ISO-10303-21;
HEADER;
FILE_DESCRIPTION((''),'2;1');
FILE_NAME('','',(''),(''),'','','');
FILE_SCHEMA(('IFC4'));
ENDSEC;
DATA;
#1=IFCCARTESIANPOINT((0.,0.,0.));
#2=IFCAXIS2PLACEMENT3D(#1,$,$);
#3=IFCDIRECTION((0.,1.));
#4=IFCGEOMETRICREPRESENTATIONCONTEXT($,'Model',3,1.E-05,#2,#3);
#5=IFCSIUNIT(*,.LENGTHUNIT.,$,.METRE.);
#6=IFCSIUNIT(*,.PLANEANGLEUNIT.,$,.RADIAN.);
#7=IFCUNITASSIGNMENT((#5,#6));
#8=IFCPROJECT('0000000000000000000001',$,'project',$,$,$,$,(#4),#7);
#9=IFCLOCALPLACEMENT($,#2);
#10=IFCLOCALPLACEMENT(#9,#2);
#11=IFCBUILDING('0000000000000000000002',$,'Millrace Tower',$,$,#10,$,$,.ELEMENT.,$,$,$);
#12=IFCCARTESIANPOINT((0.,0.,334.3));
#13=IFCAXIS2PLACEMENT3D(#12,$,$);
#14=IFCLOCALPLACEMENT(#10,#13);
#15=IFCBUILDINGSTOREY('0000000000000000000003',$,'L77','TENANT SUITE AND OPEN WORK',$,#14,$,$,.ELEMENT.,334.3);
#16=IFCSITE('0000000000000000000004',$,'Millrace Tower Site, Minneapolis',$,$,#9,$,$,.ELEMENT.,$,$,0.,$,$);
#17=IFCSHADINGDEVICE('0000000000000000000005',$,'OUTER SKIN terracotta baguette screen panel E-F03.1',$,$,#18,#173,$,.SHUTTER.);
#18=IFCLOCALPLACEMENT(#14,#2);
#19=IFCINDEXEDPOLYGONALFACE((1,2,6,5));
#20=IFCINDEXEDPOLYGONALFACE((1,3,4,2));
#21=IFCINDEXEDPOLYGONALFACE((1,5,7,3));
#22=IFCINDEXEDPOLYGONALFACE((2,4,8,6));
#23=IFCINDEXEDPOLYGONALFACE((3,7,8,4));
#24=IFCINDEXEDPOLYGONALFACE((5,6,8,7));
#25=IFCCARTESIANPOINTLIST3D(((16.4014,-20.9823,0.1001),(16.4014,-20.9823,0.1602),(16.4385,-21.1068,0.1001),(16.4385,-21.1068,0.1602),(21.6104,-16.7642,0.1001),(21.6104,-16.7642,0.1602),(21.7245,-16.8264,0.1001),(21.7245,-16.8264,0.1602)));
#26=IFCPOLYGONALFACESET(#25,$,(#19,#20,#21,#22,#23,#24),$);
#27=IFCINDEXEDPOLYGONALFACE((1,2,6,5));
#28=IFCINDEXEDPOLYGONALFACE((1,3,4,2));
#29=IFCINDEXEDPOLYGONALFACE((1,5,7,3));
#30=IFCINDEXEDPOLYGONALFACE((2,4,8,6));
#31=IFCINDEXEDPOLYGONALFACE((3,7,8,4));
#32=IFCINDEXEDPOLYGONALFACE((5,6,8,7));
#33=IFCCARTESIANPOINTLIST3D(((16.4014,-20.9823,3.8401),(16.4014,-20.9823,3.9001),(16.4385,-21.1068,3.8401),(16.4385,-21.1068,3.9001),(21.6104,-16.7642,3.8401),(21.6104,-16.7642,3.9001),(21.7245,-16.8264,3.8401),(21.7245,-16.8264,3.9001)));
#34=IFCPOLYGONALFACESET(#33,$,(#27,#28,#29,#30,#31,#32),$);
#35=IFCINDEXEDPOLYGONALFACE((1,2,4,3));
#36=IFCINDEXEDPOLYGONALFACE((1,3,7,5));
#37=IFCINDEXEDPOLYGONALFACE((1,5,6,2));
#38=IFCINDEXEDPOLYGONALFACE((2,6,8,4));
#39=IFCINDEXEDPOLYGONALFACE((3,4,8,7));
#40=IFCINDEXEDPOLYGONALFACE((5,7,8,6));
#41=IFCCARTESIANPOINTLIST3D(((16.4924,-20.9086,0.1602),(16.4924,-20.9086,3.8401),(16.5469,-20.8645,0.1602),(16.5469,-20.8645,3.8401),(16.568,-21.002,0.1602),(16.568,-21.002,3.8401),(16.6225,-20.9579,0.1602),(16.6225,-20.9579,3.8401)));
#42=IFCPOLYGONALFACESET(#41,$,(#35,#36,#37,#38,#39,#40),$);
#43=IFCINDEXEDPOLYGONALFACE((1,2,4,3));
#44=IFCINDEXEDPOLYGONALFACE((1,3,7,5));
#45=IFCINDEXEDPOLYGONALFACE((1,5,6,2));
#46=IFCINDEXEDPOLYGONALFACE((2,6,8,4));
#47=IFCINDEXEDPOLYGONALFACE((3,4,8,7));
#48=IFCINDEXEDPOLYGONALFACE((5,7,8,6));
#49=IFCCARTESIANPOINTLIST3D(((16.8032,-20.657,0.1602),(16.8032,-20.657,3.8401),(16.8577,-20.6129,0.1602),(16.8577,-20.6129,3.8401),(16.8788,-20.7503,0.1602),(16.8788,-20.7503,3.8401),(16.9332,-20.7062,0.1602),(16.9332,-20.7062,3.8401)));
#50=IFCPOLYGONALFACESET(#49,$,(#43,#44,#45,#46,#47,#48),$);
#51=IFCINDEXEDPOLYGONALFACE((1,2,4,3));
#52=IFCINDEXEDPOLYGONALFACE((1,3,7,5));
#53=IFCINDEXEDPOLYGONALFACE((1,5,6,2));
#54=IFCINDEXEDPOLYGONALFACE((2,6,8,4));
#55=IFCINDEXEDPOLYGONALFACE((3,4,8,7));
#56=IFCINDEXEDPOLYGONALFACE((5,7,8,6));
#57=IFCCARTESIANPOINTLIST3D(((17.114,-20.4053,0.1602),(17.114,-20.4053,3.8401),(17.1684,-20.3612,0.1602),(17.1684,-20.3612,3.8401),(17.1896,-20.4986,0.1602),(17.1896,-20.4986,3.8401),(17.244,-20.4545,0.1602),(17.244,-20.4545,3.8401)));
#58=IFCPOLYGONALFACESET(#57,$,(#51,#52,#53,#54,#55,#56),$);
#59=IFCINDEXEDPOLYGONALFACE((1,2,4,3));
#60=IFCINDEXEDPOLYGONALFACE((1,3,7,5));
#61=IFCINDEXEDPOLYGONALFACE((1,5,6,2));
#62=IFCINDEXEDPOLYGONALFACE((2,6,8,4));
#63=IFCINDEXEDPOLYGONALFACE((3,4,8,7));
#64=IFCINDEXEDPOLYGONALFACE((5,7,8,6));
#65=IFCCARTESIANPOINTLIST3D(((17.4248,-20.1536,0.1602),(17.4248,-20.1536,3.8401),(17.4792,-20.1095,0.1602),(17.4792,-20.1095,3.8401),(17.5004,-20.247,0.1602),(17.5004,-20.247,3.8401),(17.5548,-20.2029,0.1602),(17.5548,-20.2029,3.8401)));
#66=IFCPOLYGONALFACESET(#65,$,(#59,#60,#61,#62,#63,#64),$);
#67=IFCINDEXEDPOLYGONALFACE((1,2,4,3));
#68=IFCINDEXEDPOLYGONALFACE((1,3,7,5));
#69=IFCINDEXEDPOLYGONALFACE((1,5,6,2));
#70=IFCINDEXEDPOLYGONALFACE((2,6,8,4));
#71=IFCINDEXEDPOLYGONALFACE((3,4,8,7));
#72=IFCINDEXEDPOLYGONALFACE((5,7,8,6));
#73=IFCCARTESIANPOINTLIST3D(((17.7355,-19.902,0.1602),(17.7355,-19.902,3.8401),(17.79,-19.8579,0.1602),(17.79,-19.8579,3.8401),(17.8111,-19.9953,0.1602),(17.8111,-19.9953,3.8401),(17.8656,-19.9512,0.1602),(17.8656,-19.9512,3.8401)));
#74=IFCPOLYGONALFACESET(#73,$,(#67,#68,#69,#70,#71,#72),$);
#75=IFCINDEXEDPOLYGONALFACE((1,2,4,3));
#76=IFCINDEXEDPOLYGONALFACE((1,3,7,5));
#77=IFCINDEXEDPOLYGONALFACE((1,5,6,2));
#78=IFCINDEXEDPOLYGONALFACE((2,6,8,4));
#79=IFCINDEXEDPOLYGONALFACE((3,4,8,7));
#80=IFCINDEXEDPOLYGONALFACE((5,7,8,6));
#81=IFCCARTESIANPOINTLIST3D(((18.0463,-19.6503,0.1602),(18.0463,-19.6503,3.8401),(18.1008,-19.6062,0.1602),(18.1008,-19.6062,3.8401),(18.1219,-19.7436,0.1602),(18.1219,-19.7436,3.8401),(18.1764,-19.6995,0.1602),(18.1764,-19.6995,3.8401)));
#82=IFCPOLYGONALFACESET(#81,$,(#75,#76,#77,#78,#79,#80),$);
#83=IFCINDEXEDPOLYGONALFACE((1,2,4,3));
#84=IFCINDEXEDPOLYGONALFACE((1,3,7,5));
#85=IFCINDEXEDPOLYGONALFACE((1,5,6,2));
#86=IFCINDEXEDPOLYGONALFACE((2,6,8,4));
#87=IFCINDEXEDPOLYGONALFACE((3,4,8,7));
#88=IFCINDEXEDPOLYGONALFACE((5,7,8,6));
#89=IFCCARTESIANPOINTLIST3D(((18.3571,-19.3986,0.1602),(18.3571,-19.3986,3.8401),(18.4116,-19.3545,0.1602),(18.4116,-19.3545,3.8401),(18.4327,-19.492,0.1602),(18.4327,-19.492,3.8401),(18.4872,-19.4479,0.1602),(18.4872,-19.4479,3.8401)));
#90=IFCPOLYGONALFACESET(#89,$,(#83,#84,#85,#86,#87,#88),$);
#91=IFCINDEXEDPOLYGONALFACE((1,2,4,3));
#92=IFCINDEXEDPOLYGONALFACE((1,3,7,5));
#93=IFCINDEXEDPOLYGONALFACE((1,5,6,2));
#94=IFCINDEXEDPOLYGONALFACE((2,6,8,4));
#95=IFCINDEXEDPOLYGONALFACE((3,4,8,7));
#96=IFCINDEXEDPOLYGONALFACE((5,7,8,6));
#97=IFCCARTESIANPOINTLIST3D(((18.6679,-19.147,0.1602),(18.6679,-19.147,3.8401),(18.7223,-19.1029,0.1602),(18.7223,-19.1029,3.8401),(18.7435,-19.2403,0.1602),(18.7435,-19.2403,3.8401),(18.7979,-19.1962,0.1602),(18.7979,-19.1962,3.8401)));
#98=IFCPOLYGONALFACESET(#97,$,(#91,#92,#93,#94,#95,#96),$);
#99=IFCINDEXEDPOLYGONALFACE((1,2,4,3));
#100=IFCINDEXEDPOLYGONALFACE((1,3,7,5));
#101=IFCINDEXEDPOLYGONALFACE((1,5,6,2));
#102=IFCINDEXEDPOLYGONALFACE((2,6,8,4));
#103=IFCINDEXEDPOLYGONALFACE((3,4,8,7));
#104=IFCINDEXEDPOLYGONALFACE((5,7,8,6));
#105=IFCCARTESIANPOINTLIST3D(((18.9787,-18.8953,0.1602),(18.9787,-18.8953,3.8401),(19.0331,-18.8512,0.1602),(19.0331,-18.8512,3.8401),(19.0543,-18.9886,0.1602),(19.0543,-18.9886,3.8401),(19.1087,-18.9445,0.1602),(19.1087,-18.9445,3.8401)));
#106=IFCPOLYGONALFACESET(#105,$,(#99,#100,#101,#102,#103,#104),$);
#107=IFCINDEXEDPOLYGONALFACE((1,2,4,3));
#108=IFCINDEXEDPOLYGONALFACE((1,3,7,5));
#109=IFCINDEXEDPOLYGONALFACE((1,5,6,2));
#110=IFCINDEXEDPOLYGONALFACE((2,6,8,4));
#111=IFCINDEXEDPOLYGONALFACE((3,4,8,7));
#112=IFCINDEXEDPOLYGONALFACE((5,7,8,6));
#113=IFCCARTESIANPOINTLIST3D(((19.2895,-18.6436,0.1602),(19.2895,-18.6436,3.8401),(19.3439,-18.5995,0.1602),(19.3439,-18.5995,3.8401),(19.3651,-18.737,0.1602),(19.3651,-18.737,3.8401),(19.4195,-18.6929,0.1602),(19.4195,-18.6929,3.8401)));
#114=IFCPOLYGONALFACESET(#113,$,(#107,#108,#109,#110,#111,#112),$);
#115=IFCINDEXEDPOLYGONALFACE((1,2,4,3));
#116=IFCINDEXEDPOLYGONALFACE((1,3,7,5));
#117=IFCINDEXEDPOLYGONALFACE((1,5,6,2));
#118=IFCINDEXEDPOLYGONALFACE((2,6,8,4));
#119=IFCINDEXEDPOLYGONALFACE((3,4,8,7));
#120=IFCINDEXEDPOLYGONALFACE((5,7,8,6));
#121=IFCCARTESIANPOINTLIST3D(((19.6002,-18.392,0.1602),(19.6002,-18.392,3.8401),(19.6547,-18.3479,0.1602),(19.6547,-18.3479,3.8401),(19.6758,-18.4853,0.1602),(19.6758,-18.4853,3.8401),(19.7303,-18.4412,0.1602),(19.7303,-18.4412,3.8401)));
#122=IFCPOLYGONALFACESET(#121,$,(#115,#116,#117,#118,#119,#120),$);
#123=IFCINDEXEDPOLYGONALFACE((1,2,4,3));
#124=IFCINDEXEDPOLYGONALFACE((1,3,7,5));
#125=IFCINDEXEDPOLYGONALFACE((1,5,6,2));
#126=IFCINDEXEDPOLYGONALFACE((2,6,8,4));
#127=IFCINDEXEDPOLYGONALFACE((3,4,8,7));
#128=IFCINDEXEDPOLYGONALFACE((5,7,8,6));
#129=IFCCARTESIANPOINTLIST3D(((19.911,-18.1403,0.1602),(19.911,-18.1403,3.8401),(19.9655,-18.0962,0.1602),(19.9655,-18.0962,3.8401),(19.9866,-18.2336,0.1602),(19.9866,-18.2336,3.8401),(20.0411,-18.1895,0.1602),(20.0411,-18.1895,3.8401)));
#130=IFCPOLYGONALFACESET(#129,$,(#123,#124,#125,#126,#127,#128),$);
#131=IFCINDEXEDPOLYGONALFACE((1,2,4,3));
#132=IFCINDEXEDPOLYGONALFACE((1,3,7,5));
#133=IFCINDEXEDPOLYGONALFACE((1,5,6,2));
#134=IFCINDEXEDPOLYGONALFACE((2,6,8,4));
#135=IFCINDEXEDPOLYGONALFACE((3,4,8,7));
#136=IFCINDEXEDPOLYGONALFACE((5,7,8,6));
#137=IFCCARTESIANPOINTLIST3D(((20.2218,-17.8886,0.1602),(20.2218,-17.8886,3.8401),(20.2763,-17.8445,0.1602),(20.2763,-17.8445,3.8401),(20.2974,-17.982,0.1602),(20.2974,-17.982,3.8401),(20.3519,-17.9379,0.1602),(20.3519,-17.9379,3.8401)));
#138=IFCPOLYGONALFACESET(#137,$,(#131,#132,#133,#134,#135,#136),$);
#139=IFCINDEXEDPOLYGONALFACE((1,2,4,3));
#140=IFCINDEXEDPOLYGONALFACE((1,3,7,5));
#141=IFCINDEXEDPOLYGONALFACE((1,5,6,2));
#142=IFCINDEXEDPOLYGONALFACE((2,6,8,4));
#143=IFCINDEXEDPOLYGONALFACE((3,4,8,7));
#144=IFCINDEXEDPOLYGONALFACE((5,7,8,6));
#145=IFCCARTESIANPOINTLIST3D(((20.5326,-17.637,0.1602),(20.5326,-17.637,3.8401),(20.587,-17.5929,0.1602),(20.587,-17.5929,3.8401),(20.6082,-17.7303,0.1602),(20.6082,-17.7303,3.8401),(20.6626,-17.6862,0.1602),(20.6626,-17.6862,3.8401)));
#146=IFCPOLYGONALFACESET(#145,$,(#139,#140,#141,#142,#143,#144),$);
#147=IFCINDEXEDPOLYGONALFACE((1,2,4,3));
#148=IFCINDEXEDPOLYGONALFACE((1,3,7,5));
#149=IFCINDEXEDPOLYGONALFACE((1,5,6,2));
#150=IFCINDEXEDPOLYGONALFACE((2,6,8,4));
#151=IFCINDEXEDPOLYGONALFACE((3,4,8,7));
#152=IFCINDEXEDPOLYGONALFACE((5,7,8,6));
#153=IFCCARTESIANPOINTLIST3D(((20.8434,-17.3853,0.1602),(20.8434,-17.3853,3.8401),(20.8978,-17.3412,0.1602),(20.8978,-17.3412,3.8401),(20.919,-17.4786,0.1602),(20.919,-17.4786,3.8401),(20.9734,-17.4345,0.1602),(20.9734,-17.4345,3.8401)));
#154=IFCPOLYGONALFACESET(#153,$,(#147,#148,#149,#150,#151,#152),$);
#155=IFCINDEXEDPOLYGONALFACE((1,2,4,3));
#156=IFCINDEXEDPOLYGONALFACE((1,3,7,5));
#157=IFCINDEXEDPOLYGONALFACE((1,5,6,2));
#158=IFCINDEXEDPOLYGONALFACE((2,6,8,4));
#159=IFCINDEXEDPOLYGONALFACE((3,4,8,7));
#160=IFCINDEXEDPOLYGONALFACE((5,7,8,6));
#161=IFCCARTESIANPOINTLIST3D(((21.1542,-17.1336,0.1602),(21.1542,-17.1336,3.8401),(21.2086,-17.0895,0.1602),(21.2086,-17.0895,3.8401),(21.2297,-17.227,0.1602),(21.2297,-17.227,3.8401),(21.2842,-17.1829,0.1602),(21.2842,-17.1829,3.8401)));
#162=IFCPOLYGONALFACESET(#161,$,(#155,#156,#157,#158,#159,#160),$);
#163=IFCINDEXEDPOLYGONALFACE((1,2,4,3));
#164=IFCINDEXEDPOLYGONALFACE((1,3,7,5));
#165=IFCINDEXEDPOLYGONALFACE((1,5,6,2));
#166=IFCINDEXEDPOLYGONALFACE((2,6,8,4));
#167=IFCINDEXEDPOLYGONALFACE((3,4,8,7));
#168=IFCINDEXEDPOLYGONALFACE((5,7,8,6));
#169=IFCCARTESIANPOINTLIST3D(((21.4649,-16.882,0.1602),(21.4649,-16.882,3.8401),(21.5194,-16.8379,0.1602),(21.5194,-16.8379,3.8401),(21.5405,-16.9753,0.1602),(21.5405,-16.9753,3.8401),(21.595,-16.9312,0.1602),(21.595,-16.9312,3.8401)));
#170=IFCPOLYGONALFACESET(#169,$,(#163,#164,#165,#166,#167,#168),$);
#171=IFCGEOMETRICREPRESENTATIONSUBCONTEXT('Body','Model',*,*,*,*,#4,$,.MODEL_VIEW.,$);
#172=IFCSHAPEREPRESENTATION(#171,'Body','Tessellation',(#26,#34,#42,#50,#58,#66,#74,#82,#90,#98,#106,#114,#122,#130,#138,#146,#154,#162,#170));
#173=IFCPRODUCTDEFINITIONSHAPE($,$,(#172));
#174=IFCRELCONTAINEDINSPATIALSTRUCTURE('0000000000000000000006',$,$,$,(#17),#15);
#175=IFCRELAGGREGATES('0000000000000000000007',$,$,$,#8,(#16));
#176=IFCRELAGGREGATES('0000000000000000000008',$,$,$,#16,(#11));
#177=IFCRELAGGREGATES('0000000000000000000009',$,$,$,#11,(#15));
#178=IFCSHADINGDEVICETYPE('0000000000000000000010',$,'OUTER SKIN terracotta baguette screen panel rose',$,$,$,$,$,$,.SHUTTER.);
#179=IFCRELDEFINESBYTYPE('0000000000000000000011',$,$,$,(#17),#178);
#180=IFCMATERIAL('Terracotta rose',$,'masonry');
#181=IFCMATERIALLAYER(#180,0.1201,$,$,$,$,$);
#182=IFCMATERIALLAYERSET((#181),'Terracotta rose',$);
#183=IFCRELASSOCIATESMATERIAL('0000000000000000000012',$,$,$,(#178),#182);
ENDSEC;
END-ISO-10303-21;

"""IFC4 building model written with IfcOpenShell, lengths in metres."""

from ifc_helpers import new_model, entity, si_unit, direction, frame, frame_2d, origin, origin_2d, place, context, subcontext, project, spatial, rectangle, extrude, source, transform, mapped, material, layer, layer_set, type_object, element, save


model = new_model("IFC4")

# Units and contexts
model_context = context("Model", 3, precision=1e-05, world=origin(), true_north=direction((0.0, 1.0)))
body_context = subcontext(model_context, "Body", "Model", "MODEL_VIEW")
ifc_project = project(units=[si_unit("LENGTHUNIT", "METRE"), si_unit("PLANEANGLEUNIT", "RADIAN")], contexts=[model_context])

# Site, building, storey
site_placement = place(None, origin())
site = spatial("IfcSite", under=ifc_project, at=site_placement, Name="Millrace Tower Site, Minneapolis", CompositionType="ELEMENT", RefElevation=0.0)
building_placement = place(site_placement, origin())
building = spatial("IfcBuilding", under=site, at=building_placement, Name="Millrace Tower", CompositionType="ELEMENT")
storey_placement = place(building_placement, frame((0.0, 0.0, 334.3)))
storey = spatial("IfcBuildingStorey", under=building, at=storey_placement, Name="L77", Description="TENANT SUITE AND OPEN WORK", CompositionType="ELEMENT", Elevation=334.3)

# Shading device
ifc_material_1 = material(Name="Terracotta rose", Category="masonry")
ifc_layer_1 = layer(ifc_material_1, 0.1201)
ifc_layer_set_1 = layer_set([ifc_layer_1], Name="Terracotta rose")
shading_device_type = type_object("IfcShadingDeviceType", Name="OUTER SKIN terracotta baguette screen panel rose", PredefinedType="SHUTTER", material=ifc_layer_set_1)
cartesian_point_1 = entity("IfcCartesianPoint", [-3.3513, 0.0601])
shared_polyline_1 = entity("IfcPolyline", [cartesian_point_1, entity("IfcCartesianPoint", [3.3513, 0.0601]), entity("IfcCartesianPoint", [3.4009, -0.0601]), entity("IfcCartesianPoint", [-3.4009, -0.0601]), cartesian_point_1])
shared_shape_1 = source(origin(), body_context, "Body", "SweptSolid", [
    entity("IfcExtrudedAreaSolid", entity("IfcArbitraryClosedProfileDef", "AREA", None, shared_polyline_1), entity("IfcAxis2Placement3D", entity("IfcCartesianPoint", [0.0, 0.0, 0.0])), entity("IfcDirection", [0.0, 0.0, 1.0]), 0.0601),
    entity("IfcExtrudedAreaSolid", entity("IfcArbitraryClosedProfileDef", "AREA", None, shared_polyline_1), entity("IfcAxis2Placement3D", entity("IfcCartesianPoint", [0.0, 0.0, 3.74])), entity("IfcDirection", [0.0, 0.0, 1.0]), 0.0601),
    extrude(rectangle(XDim=0.0701, YDim=0.1201, at=frame_2d((-3.1992, 0.0))), frame((0.0, 0.0, 0.0601)), (0.0, 0.0, 1.0), 3.6799),
    extrude(rectangle(XDim=0.0701, YDim=0.1201, at=frame_2d((-2.7993, 0.0))), frame((0.0, 0.0, 0.0601)), (0.0, 0.0, 1.0), 3.6799),
    extrude(rectangle(XDim=0.0701, YDim=0.1201, at=frame_2d((-2.3994, 0.0))), frame((0.0, 0.0, 0.0601)), (0.0, 0.0, 1.0), 3.6799),
    extrude(rectangle(XDim=0.0701, YDim=0.1201, at=frame_2d((-1.9995, 0.0))), frame((0.0, 0.0, 0.0601)), (0.0, 0.0, 1.0), 3.6799),
    extrude(rectangle(XDim=0.0701, YDim=0.1201, at=frame_2d((-1.5996, 0.0))), frame((0.0, 0.0, 0.0601)), (0.0, 0.0, 1.0), 3.6799),
    extrude(rectangle(XDim=0.0701, YDim=0.1201, at=frame_2d((-1.1997, 0.0))), frame((0.0, 0.0, 0.0601)), (0.0, 0.0, 1.0), 3.6799),
    extrude(rectangle(XDim=0.0701, YDim=0.1201, at=frame_2d((-0.7998, 0.0))), frame((0.0, 0.0, 0.0601)), (0.0, 0.0, 1.0), 3.6799),
    extrude(rectangle(XDim=0.0701, YDim=0.1201, at=frame_2d((-0.3999, 0.0))), frame((0.0, 0.0, 0.0601)), (0.0, 0.0, 1.0), 3.6799),
    extrude(rectangle(XDim=0.0701, YDim=0.1201, at=origin_2d()), frame((0.0, 0.0, 0.0601)), (0.0, 0.0, 1.0), 3.6799),
    extrude(rectangle(XDim=0.0701, YDim=0.1201, at=frame_2d((0.3999, 0.0))), frame((0.0, 0.0, 0.0601)), (0.0, 0.0, 1.0), 3.6799),
    extrude(rectangle(XDim=0.0701, YDim=0.1201, at=frame_2d((0.7998, 0.0))), frame((0.0, 0.0, 0.0601)), (0.0, 0.0, 1.0), 3.6799),
    extrude(rectangle(XDim=0.0701, YDim=0.1201, at=frame_2d((1.1997, 0.0))), frame((0.0, 0.0, 0.0601)), (0.0, 0.0, 1.0), 3.6799),
    extrude(rectangle(XDim=0.0701, YDim=0.1201, at=frame_2d((1.5996, 0.0))), frame((0.0, 0.0, 0.0601)), (0.0, 0.0, 1.0), 3.6799),
    extrude(rectangle(XDim=0.0701, YDim=0.1201, at=frame_2d((1.9995, 0.0))), frame((0.0, 0.0, 0.0601)), (0.0, 0.0, 1.0), 3.6799),
    extrude(rectangle(XDim=0.0701, YDim=0.1201, at=frame_2d((2.3994, 0.0))), frame((0.0, 0.0, 0.0601)), (0.0, 0.0, 1.0), 3.6799),
    extrude(rectangle(XDim=0.0701, YDim=0.1201, at=frame_2d((2.7993, 0.0))), frame((0.0, 0.0, 0.0601)), (0.0, 0.0, 1.0), 3.6799),
    extrude(rectangle(XDim=0.0701, YDim=0.1201, at=frame_2d((3.1992, 0.0))), frame((0.0, 0.0, 0.0601)), (0.0, 0.0, 1.0), 3.6799),
])
shading_device_1_placement = place(storey_placement, frame((19.0437, -18.9199, 0.1001), z_axis=(0.0, 0.0, 1.0), x_axis=(0.777146, 0.62932, 0.0)))
element("IfcShadingDevice", 1, at=shading_device_1_placement, inside=storey, type_object=shading_device_type, Name="OUTER SKIN terracotta baguette screen panel E-F03.1", PredefinedType="SHUTTER", context=body_context, shape_type="MappedRepresentation", body=[
    mapped(shared_shape_1, transform((0.0, 0.0, 0.0), scale=1.0)),
])

save(model, "model.ifc")
